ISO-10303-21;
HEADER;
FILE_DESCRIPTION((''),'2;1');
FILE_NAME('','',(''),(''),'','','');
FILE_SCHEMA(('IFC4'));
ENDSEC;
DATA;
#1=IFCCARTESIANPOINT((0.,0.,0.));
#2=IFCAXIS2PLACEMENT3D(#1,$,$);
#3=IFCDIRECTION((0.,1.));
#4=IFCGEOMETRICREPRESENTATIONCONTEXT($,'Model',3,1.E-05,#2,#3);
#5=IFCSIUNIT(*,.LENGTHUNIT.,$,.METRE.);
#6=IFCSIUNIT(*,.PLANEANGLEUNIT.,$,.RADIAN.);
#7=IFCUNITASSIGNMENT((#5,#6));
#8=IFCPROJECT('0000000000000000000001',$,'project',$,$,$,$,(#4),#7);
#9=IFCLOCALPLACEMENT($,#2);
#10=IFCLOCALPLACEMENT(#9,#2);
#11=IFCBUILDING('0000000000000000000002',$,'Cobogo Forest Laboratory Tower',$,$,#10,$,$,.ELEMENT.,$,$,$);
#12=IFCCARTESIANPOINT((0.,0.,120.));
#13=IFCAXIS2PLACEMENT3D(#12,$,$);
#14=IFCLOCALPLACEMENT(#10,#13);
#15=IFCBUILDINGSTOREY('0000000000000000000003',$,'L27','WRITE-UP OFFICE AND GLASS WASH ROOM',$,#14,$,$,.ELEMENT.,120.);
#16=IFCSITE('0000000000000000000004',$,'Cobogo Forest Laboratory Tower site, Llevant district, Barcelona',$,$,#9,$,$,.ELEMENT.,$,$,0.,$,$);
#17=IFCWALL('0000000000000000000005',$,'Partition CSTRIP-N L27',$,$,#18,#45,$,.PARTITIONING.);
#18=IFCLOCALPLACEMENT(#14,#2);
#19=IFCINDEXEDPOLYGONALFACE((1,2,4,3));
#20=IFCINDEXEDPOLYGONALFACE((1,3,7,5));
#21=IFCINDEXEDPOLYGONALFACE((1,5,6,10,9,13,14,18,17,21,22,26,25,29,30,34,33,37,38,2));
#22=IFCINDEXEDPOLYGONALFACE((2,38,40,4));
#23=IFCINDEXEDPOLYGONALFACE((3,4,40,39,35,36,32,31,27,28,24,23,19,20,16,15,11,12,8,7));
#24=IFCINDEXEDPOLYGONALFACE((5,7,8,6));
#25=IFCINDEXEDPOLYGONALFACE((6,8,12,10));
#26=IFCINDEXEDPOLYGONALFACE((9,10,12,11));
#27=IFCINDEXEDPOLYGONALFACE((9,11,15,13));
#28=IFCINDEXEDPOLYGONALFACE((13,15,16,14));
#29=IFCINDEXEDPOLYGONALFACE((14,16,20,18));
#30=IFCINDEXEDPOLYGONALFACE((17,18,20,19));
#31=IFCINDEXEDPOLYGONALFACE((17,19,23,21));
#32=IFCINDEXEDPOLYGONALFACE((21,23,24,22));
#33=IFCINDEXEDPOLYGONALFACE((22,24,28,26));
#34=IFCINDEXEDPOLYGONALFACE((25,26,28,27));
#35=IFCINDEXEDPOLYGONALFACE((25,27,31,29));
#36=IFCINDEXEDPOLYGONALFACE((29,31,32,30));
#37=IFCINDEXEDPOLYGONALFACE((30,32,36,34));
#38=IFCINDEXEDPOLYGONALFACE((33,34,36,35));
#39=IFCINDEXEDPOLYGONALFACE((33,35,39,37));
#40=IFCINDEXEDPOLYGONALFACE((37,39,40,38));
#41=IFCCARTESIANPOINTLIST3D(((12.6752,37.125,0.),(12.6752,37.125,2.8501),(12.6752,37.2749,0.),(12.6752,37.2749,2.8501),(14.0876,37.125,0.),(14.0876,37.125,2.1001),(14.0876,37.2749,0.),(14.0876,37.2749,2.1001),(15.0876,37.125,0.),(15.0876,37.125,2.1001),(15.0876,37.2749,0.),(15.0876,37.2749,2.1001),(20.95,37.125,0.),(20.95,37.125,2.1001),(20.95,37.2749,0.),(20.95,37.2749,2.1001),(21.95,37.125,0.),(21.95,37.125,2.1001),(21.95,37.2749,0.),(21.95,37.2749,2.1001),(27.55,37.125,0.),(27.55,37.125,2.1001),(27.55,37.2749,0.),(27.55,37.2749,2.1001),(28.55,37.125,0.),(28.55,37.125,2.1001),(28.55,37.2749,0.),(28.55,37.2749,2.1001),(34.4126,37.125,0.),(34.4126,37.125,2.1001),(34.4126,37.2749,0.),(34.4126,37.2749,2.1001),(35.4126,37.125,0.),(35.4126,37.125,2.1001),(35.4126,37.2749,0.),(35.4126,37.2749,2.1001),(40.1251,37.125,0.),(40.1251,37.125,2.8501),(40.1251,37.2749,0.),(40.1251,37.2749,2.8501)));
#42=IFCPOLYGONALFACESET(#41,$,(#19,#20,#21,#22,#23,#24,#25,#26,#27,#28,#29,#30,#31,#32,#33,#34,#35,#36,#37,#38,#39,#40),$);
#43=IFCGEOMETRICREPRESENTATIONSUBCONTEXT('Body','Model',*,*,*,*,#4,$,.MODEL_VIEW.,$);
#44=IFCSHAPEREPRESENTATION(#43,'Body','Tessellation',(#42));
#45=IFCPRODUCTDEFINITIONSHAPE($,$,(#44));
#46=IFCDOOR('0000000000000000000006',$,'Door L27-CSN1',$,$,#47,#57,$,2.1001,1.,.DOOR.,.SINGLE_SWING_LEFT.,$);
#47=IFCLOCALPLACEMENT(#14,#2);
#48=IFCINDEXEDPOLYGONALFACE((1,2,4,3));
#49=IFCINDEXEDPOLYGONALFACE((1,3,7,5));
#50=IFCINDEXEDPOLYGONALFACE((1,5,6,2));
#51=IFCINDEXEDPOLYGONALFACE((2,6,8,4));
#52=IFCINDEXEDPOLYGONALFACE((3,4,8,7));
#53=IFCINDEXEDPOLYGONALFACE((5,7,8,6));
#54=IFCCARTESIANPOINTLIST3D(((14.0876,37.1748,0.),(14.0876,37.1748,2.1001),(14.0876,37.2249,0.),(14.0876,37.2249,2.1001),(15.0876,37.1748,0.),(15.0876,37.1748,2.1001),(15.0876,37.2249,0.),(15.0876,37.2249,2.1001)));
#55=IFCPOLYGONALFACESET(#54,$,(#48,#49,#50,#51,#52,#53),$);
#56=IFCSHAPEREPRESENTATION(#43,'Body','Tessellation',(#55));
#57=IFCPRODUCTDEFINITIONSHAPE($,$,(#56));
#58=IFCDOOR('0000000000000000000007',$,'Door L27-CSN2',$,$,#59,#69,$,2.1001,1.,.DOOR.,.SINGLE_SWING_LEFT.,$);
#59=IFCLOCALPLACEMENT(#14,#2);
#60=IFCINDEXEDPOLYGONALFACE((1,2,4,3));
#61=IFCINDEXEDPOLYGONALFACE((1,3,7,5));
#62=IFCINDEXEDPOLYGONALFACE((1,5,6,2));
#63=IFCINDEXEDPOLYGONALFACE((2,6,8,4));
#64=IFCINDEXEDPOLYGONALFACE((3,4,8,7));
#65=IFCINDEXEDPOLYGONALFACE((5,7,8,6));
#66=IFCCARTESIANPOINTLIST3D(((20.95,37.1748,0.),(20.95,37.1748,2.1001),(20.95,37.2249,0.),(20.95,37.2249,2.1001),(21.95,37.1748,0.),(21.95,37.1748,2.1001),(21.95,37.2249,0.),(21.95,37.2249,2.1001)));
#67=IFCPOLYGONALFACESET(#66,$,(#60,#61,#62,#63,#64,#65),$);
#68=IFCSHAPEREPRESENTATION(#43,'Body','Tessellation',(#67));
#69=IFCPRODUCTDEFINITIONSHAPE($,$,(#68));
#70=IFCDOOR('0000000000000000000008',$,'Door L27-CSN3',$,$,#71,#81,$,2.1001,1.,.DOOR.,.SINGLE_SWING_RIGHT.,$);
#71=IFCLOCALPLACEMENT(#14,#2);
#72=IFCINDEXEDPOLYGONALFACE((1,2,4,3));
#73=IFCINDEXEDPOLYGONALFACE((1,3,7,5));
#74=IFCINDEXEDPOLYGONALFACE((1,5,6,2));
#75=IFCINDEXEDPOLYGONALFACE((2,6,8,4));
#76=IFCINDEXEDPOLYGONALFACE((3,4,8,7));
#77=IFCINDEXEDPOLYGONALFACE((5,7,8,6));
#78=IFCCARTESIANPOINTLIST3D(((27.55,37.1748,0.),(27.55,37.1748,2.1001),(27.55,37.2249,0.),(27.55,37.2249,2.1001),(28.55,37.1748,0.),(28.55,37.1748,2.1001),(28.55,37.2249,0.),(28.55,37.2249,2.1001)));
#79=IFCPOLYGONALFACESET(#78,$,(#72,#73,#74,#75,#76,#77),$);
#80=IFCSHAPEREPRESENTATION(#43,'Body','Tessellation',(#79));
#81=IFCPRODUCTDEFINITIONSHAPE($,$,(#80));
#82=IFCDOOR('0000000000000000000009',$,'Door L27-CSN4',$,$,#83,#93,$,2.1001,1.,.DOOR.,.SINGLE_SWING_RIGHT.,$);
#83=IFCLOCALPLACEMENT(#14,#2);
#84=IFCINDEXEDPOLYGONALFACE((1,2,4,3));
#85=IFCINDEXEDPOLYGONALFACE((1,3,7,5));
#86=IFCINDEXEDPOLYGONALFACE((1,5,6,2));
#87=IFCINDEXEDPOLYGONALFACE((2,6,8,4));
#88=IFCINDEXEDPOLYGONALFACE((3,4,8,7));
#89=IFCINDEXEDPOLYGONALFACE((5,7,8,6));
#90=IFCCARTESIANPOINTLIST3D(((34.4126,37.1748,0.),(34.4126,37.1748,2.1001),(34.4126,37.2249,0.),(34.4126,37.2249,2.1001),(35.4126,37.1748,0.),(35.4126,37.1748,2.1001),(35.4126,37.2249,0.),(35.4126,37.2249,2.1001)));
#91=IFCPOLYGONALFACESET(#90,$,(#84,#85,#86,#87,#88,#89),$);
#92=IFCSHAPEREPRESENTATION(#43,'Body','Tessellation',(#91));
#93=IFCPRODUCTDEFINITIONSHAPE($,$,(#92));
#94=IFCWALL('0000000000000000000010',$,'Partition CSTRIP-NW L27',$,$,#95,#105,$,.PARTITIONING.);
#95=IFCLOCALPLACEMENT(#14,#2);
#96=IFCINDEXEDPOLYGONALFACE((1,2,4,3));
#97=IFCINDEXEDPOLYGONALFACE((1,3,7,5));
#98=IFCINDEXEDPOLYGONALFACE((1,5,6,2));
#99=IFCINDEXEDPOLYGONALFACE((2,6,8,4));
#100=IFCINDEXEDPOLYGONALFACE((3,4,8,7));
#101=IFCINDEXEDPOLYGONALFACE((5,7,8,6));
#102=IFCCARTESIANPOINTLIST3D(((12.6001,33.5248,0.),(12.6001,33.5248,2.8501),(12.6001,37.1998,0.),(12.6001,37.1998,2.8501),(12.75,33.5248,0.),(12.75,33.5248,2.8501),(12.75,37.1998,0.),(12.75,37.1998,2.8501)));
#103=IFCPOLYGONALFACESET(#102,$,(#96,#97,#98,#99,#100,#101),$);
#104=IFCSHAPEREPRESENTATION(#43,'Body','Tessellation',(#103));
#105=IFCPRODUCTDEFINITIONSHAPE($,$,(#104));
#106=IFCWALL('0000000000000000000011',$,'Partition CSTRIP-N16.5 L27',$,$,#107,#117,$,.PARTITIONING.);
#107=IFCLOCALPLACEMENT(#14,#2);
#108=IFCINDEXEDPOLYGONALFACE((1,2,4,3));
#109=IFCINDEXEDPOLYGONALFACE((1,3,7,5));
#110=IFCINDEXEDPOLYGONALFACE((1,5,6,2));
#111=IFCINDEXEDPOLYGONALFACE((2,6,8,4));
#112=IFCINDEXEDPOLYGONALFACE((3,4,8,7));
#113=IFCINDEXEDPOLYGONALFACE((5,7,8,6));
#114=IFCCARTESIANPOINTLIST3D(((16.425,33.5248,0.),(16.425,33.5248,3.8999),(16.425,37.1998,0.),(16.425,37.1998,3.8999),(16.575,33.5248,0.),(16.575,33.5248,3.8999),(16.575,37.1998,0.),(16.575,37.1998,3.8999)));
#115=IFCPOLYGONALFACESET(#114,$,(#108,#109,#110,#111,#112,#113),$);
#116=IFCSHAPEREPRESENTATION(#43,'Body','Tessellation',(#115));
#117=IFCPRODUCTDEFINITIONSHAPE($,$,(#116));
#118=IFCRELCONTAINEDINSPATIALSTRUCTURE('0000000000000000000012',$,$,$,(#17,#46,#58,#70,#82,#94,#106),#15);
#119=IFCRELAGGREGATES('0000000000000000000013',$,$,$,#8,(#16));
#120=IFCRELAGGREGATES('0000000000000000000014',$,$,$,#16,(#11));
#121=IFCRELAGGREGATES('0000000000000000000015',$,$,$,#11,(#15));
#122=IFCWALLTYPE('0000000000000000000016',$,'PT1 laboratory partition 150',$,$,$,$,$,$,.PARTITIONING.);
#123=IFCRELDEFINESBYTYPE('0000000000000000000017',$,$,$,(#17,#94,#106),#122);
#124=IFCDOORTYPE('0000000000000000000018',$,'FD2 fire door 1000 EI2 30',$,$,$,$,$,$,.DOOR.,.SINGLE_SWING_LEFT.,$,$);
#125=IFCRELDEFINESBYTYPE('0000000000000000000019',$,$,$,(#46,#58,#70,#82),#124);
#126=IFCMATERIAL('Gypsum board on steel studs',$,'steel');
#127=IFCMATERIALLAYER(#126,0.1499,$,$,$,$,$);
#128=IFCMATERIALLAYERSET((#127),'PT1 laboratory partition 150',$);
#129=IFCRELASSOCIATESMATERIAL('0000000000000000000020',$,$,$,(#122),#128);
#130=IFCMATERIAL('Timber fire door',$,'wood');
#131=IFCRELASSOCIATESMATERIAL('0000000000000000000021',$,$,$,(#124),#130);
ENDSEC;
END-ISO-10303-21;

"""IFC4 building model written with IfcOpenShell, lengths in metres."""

from ifc_helpers import new_model, si_unit, direction, frame, frame_2d, origin, place, context, subcontext, project, spatial, rectangle, extrude, material, layer, layer_set, type_object, element, fill, save


model = new_model("IFC4")

# Units and contexts
model_context = context("Model", 3, precision=1e-05, world=origin(), true_north=direction((0.0, 1.0)))
body_context = subcontext(model_context, "Body", "Model", "MODEL_VIEW")
ifc_project = project(units=[si_unit("LENGTHUNIT", "METRE"), si_unit("PLANEANGLEUNIT", "RADIAN")], contexts=[model_context])

# Site, building, storey
site_placement = place(None, origin())
site = spatial("IfcSite", under=ifc_project, at=site_placement, Name="Cobogo Forest Laboratory Tower site, Llevant district, Barcelona", CompositionType="ELEMENT", RefElevation=0.0)
building_placement = place(site_placement, origin())
building = spatial("IfcBuilding", under=site, at=building_placement, Name="Cobogo Forest Laboratory Tower", CompositionType="ELEMENT")
storey_placement = place(building_placement, frame((0.0, 0.0, 120.0)))
storey = spatial("IfcBuildingStorey", under=building, at=storey_placement, Name="L27", Description="WRITE-UP OFFICE AND GLASS WASH ROOM", CompositionType="ELEMENT", Elevation=120.0)

# Wall, openings, doors
ifc_material_1 = material(Name="Gypsum board on steel studs", Category="steel")
ifc_layer_1 = layer(ifc_material_1, 0.1499)
ifc_layer_set_1 = layer_set([ifc_layer_1], Name="PT1 laboratory partition 150")
wall_type_1 = type_object("IfcWallType", Name="PT1 laboratory partition 150", PredefinedType="PARTITIONING", material=ifc_layer_set_1)
wall_1_placement = place(storey_placement, frame((12.675, 37.2, 0.0), z_axis=(0.0, 0.0, 1.0), x_axis=(1.0, 0.0, 0.0)))
wall_1 = element("IfcWall", 1, at=wall_1_placement, inside=storey, type_object=wall_type_1, Name="Partition CSTRIP-N L27", PredefinedType="PARTITIONING", context=body_context, shape_type="SweptSolid", body=[
    extrude(rectangle(XDim=27.45, YDim=0.1499, at=frame_2d((13.7251, 0.0))), origin(), (0.0, 0.0, 1.0), 2.8501),
])
opening_1_placement = place(wall_1_placement, frame((1.4126, 0.0, 0.0)))
opening_1 = element("IfcOpeningElement", 2, at=opening_1_placement, cuts=wall_1, PredefinedType="OPENING", context=body_context, shape_type="SweptSolid", body=[
    extrude(rectangle(XDim=1.0, YDim=2.1001, at=frame_2d((0.5, 1.05))), frame((0.0, 0.085, 0.0), z_axis=(0.0, -1.0, 0.0), x_axis=(1.0, 0.0, 0.0)), (0.0, 0.0, 1.0), 0.1699),
])
opening_2_placement = place(wall_1_placement, frame((8.2749, 0.0, 0.0)))
opening_2 = element("IfcOpeningElement", 3, at=opening_2_placement, cuts=wall_1, PredefinedType="OPENING", context=body_context, shape_type="SweptSolid", body=[
    extrude(rectangle(XDim=1.0, YDim=2.1001, at=frame_2d((0.5, 1.05))), frame((0.0, 0.085, 0.0), z_axis=(0.0, -1.0, 0.0), x_axis=(1.0, 0.0, 0.0)), (0.0, 0.0, 1.0), 0.1699),
])
opening_3_placement = place(wall_1_placement, frame((14.875, 0.0, 0.0)))
opening_3 = element("IfcOpeningElement", 4, at=opening_3_placement, cuts=wall_1, PredefinedType="OPENING", context=body_context, shape_type="SweptSolid", body=[
    extrude(rectangle(XDim=1.0, YDim=2.1001, at=frame_2d((0.5, 1.05))), frame((0.0, 0.085, 0.0), z_axis=(0.0, -1.0, 0.0), x_axis=(1.0, 0.0, 0.0)), (0.0, 0.0, 1.0), 0.1699),
])
opening_4_placement = place(wall_1_placement, frame((21.7375, 0.0, 0.0)))
opening_4 = element("IfcOpeningElement", 5, at=opening_4_placement, cuts=wall_1, PredefinedType="OPENING", context=body_context, shape_type="SweptSolid", body=[
    extrude(rectangle(XDim=1.0, YDim=2.1001, at=frame_2d((0.5, 1.05))), frame((0.0, 0.085, 0.0), z_axis=(0.0, -1.0, 0.0), x_axis=(1.0, 0.0, 0.0)), (0.0, 0.0, 1.0), 0.1699),
])
ifc_material_2 = material(Name="Timber fire door", Category="wood")
door_type_1 = type_object("IfcDoorType", Name="FD2 fire door 1000 EI2 30", OperationType="SINGLE_SWING_LEFT", PredefinedType="DOOR", material=ifc_material_2)
door_1_placement = place(opening_1_placement, origin())
door_1 = element("IfcDoor", 6, at=door_1_placement, inside=storey, type_object=door_type_1, Name="Door L27-CSN1", OperationType="SINGLE_SWING_LEFT", OverallHeight=2.1001, OverallWidth=1.0, PredefinedType="DOOR", context=body_context, shape_type="SweptSolid", body=[
    extrude(rectangle(XDim=1.0, YDim=2.1001, at=frame_2d((0.5, 1.05))), frame((0.0, 0.0249, 0.0), z_axis=(0.0, -1.0, 0.0), x_axis=(1.0, 0.0, 0.0)), (0.0, 0.0, 1.0), 0.05),
])
fill(opening_1, door_1)
door_2_placement = place(opening_2_placement, origin())
door_2 = element("IfcDoor", 7, at=door_2_placement, inside=storey, type_object=door_type_1, Name="Door L27-CSN2", OperationType="SINGLE_SWING_LEFT", OverallHeight=2.1001, OverallWidth=1.0, PredefinedType="DOOR", context=body_context, shape_type="SweptSolid", body=[
    extrude(rectangle(XDim=1.0, YDim=2.1001, at=frame_2d((0.5, 1.05))), frame((0.0, 0.0249, 0.0), z_axis=(0.0, -1.0, 0.0), x_axis=(1.0, 0.0, 0.0)), (0.0, 0.0, 1.0), 0.05),
])
fill(opening_2, door_2)
door_3_placement = place(opening_3_placement, origin())
door_3 = element("IfcDoor", 8, at=door_3_placement, inside=storey, type_object=door_type_1, Name="Door L27-CSN3", OperationType="SINGLE_SWING_RIGHT", OverallHeight=2.1001, OverallWidth=1.0, PredefinedType="DOOR", context=body_context, shape_type="SweptSolid", body=[
    extrude(rectangle(XDim=1.0, YDim=2.1001, at=frame_2d((0.5, 1.05))), frame((0.0, 0.0249, 0.0), z_axis=(0.0, -1.0, 0.0), x_axis=(1.0, 0.0, 0.0)), (0.0, 0.0, 1.0), 0.05),
])
fill(opening_3, door_3)
door_4_placement = place(opening_4_placement, origin())
door_4 = element("IfcDoor", 9, at=door_4_placement, inside=storey, type_object=door_type_1, Name="Door L27-CSN4", OperationType="SINGLE_SWING_RIGHT", OverallHeight=2.1001, OverallWidth=1.0, PredefinedType="DOOR", context=body_context, shape_type="SweptSolid", body=[
    extrude(rectangle(XDim=1.0, YDim=2.1001, at=frame_2d((0.5, 1.05))), frame((0.0, 0.0249, 0.0), z_axis=(0.0, -1.0, 0.0), x_axis=(1.0, 0.0, 0.0)), (0.0, 0.0, 1.0), 0.05),
])
fill(opening_4, door_4)

# Walls
wall_2_placement = place(storey_placement, frame((12.675, 33.5249, 0.0), z_axis=(0.0, 0.0, 1.0), x_axis=(0.0, 1.0, 0.0)))
element("IfcWall", 10, at=wall_2_placement, inside=storey, type_object=wall_type_1, Name="Partition CSTRIP-NW L27", PredefinedType="PARTITIONING", context=body_context, shape_type="SweptSolid", body=[
    extrude(rectangle(XDim=3.675, YDim=0.1499, at=frame_2d((1.8374, 0.0))), origin(), (0.0, 0.0, 1.0), 2.8501),
])
wall_3_placement = place(storey_placement, frame((16.5, 33.5249, 0.0), z_axis=(0.0, 0.0, 1.0), x_axis=(0.0, 1.0, 0.0)))
element("IfcWall", 11, at=wall_3_placement, inside=storey, type_object=wall_type_1, Name="Partition CSTRIP-N16.5 L27", PredefinedType="PARTITIONING", context=body_context, shape_type="SweptSolid", body=[
    extrude(rectangle(XDim=3.675, YDim=0.1499, at=frame_2d((1.8374, 0.0))), origin(), (0.0, 0.0, 1.0), 3.8999),
])

save(model, "model.ifc")
